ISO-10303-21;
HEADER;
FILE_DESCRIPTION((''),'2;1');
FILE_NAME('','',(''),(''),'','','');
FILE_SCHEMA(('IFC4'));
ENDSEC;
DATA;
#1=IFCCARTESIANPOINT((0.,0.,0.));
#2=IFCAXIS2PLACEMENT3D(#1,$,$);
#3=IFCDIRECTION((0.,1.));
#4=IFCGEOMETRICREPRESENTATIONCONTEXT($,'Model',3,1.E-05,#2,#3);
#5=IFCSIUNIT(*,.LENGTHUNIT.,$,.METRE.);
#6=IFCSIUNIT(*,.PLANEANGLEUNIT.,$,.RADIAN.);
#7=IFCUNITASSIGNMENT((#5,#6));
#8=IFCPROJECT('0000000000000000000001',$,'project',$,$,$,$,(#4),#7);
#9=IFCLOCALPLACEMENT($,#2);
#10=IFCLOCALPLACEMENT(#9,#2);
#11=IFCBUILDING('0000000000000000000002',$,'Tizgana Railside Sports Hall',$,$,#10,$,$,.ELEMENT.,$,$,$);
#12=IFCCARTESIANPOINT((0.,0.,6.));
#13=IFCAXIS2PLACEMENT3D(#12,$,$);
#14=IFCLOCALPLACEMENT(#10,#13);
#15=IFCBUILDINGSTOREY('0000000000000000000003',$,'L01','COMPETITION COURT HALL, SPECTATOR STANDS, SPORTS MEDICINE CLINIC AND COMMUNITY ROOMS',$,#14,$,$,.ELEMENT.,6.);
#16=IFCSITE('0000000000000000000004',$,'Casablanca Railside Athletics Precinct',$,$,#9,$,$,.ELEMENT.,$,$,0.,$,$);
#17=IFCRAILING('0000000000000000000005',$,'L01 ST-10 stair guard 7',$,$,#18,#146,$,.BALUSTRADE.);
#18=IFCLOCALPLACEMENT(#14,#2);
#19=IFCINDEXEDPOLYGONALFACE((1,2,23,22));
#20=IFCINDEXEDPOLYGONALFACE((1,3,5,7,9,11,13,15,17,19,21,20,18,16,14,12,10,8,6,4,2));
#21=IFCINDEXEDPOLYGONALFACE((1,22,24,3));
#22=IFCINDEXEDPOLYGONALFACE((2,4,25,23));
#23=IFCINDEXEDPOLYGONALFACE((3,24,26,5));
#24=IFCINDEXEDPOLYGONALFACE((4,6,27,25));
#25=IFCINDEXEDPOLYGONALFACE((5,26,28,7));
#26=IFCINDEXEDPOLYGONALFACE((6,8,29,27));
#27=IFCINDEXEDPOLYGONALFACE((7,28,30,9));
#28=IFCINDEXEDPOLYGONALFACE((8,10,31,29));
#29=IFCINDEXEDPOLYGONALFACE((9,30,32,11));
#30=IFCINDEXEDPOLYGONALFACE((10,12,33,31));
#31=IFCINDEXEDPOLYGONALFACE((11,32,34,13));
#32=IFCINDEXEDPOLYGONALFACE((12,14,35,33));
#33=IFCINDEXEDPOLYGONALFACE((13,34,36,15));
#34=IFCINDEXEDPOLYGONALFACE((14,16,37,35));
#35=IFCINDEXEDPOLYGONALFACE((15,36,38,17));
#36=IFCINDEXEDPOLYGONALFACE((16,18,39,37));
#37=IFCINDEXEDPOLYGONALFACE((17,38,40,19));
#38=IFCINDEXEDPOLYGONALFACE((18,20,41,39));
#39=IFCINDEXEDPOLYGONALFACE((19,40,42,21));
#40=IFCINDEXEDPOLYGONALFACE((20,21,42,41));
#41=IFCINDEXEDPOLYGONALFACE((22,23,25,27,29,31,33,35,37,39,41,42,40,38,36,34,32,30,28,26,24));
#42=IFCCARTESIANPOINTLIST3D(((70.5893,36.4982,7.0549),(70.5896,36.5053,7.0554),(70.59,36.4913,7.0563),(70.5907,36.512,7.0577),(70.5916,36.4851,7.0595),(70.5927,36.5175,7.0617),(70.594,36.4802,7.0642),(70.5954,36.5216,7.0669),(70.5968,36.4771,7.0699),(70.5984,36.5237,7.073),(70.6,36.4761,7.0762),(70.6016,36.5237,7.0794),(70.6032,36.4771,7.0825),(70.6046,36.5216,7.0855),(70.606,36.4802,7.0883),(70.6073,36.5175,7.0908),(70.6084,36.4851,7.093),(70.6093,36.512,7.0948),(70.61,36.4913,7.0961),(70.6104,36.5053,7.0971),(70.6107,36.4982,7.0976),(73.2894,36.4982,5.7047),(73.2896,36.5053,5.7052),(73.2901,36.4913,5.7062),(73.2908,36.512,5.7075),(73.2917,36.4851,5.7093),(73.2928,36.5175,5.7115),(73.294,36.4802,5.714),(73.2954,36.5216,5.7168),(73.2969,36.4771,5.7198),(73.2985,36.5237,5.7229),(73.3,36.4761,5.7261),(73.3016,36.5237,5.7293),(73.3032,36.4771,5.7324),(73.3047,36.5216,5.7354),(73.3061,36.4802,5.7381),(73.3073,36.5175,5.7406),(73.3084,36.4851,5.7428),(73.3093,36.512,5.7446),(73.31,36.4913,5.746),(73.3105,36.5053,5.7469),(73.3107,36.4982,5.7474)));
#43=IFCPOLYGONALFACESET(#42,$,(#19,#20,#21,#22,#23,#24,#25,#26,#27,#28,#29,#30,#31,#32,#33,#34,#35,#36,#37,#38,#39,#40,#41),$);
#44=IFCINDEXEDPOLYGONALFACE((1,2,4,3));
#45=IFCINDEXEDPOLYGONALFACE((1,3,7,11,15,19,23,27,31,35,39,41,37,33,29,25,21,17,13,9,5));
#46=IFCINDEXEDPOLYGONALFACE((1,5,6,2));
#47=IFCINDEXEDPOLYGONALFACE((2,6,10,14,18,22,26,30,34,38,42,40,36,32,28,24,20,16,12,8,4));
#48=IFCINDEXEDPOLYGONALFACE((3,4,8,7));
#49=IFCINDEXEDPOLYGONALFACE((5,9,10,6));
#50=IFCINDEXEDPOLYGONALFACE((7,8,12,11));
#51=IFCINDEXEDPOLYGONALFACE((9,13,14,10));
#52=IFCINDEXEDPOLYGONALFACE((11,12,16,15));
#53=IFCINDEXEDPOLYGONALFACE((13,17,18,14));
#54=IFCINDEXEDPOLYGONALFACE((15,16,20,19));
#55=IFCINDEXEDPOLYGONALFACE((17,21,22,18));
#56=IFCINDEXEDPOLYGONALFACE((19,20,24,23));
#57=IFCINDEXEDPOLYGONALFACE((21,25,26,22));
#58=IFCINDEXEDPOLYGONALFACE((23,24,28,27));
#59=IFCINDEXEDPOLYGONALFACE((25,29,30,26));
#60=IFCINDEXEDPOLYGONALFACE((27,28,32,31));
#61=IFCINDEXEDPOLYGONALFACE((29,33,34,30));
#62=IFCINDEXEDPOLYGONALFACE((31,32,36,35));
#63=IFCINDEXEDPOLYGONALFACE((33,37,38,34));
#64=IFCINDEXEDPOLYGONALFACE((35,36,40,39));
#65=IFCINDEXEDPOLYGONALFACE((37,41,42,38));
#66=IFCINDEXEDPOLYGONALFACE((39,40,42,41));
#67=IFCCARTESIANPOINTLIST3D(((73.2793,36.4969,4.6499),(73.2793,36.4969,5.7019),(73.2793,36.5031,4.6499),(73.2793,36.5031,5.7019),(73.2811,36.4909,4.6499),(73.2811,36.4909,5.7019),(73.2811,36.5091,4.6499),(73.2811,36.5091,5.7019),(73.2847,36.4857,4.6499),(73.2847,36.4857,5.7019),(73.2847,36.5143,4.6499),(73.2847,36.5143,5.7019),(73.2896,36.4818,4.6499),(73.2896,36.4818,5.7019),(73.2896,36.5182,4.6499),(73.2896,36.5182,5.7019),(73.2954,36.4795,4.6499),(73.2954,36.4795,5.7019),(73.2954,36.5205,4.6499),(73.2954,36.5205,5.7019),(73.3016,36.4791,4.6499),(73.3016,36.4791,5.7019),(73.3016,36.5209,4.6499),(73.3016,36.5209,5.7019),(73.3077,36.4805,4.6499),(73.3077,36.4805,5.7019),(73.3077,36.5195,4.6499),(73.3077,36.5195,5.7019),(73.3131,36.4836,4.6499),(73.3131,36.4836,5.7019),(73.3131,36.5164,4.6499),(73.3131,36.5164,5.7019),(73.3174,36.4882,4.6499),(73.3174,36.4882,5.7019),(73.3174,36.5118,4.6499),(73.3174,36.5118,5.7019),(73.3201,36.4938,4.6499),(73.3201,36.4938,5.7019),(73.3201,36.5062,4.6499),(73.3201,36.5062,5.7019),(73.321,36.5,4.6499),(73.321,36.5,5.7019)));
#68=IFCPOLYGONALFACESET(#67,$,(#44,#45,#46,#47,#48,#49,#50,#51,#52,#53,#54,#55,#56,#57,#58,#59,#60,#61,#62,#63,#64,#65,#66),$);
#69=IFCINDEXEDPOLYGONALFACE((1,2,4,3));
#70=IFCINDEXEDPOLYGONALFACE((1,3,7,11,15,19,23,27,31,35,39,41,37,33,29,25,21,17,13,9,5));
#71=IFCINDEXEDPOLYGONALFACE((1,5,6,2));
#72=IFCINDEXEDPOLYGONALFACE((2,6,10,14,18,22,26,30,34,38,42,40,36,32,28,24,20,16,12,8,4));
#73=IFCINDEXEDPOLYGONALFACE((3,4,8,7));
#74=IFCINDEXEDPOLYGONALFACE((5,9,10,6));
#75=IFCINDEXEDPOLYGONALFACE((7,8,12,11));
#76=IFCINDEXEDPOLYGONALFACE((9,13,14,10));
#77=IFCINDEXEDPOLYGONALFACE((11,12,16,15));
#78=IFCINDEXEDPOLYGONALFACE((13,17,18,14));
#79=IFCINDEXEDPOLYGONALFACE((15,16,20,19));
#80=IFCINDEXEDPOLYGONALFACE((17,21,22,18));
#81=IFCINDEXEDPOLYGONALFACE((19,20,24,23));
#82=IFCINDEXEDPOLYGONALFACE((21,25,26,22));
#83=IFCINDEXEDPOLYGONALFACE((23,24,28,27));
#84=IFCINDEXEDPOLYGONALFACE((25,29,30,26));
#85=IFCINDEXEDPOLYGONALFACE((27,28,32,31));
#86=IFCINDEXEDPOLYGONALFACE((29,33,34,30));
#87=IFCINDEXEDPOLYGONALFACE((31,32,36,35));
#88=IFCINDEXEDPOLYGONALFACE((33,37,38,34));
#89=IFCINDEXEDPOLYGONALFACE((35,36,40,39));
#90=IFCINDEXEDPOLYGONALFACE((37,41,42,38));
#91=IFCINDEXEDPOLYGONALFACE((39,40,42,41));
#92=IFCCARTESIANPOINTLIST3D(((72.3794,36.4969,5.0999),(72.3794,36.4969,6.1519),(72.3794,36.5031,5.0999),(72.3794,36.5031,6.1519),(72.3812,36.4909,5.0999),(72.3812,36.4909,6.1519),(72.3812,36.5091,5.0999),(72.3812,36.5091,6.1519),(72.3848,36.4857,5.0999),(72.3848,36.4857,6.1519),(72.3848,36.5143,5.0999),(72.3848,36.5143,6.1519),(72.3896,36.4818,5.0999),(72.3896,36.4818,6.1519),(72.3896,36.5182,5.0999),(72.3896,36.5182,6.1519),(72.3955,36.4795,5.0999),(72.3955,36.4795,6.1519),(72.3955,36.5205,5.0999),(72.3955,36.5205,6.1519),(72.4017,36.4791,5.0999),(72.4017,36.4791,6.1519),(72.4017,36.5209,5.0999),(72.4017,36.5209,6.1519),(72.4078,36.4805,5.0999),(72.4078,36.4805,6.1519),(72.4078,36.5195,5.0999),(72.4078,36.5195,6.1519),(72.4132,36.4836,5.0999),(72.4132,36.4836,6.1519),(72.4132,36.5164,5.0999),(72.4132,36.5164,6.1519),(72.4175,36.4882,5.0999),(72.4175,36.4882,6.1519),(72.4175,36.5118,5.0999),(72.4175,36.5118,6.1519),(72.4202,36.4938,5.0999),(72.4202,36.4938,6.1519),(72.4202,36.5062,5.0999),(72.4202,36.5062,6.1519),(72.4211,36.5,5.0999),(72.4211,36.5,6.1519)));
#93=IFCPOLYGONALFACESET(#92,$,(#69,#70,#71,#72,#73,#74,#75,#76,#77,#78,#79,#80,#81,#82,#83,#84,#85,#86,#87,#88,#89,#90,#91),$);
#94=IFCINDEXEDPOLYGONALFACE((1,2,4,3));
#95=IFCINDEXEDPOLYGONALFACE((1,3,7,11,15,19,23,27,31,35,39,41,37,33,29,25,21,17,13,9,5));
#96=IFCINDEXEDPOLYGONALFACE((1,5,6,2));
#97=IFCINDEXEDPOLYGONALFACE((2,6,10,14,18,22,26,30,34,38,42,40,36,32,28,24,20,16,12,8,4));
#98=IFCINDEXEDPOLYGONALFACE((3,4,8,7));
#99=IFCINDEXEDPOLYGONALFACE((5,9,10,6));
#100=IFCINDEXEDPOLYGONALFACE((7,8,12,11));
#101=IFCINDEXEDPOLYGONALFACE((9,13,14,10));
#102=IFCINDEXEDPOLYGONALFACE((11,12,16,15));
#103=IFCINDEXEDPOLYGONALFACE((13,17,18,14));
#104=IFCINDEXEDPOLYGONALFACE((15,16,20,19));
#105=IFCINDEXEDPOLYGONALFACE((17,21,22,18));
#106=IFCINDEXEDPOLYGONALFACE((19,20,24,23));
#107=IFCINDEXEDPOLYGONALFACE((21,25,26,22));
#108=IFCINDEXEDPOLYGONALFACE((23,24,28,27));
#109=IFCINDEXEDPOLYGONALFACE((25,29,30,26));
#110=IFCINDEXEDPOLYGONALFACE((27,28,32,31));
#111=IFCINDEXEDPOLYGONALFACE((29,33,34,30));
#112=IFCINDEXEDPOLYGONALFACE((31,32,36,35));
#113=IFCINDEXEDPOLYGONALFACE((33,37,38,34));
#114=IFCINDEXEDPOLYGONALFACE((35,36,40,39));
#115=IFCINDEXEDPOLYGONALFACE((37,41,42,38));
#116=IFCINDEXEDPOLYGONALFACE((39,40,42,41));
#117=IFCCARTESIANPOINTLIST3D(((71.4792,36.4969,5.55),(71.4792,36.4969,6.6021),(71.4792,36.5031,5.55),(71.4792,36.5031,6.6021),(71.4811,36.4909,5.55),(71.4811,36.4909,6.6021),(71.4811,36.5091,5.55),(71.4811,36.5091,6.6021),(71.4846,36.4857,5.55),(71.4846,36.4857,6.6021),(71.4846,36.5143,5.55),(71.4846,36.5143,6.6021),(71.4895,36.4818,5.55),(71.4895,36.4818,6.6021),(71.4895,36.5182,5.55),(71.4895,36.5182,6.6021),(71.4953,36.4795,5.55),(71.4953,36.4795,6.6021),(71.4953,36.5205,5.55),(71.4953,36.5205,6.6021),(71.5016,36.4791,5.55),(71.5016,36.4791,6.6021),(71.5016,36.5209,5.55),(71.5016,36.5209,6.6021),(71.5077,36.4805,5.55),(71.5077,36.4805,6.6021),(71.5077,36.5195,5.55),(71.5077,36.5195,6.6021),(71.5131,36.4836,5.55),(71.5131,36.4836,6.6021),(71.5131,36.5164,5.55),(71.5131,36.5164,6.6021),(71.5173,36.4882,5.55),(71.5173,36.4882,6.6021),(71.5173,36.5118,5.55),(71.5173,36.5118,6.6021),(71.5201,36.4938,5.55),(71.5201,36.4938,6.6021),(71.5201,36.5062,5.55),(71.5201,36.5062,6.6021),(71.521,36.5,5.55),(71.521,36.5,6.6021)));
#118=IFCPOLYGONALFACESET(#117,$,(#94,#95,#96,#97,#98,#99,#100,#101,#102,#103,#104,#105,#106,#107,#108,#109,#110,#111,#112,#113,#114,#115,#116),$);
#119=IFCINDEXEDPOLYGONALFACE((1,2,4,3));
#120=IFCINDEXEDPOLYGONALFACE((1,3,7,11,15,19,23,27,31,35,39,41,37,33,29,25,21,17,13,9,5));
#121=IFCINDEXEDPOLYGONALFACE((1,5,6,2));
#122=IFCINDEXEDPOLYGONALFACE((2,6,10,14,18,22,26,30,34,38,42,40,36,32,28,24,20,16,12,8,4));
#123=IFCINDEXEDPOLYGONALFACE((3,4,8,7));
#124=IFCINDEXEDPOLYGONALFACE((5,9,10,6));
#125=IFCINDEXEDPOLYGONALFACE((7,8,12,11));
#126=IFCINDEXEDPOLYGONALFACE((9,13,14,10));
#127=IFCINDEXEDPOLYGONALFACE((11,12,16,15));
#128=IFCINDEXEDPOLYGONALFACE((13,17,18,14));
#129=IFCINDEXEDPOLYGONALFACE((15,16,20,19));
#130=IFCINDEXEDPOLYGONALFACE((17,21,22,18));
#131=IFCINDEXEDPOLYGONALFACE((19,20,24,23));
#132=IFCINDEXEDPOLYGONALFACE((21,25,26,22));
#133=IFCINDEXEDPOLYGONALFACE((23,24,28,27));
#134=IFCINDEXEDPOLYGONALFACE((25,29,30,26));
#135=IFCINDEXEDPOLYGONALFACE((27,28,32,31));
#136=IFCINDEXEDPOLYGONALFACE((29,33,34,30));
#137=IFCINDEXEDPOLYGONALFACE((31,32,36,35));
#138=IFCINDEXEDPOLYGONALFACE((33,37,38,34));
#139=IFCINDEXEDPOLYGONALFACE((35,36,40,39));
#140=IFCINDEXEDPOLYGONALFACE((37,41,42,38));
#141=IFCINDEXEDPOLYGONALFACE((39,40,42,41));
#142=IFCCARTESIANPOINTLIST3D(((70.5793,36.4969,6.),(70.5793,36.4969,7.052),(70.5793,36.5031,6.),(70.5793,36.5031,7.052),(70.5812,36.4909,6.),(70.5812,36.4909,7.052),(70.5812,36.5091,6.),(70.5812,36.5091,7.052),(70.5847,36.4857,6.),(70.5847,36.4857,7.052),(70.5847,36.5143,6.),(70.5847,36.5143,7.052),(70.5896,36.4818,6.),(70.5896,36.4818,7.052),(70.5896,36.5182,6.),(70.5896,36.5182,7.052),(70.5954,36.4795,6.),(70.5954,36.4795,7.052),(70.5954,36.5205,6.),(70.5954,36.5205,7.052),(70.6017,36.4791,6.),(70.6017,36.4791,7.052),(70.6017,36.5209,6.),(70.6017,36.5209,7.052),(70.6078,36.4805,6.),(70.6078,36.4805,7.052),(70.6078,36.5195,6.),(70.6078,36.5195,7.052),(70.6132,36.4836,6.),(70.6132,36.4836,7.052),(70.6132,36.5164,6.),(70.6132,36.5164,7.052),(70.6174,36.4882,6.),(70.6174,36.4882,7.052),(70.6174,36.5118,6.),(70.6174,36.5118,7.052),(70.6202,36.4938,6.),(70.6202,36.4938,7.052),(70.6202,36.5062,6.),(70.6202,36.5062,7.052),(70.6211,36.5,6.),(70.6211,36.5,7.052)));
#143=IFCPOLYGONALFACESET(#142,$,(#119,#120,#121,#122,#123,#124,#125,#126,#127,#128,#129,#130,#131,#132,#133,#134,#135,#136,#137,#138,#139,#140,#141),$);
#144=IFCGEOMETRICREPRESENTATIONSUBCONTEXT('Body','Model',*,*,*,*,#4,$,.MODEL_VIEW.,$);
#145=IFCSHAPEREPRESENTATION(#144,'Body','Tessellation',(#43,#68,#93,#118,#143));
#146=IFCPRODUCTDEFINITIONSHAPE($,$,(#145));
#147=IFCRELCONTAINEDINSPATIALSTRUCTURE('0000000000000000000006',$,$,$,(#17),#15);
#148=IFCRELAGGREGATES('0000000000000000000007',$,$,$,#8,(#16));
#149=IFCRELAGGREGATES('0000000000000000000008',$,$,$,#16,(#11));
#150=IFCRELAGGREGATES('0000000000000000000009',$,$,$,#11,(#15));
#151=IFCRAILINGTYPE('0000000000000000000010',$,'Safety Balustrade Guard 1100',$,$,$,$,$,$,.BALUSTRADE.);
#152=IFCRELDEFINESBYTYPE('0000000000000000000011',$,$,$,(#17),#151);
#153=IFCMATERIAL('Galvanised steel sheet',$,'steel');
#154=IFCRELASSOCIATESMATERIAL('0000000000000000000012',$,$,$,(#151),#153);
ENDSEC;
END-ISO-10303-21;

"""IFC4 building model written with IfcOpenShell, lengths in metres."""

from ifc_helpers import new_model, si_unit, direction, frame, origin, origin_2d, place, context, subcontext, project, spatial, circle, extrude, material, type_object, element, save


model = new_model("IFC4")

# Units and contexts
model_context = context("Model", 3, precision=1e-05, world=origin(), true_north=direction((0.0, 1.0)))
body_context = subcontext(model_context, "Body", "Model", "MODEL_VIEW")
ifc_project = project(units=[si_unit("LENGTHUNIT", "METRE"), si_unit("PLANEANGLEUNIT", "RADIAN")], contexts=[model_context])

# Site, building, storey
site_placement = place(None, origin())
site = spatial("IfcSite", under=ifc_project, at=site_placement, Name="Casablanca Railside Athletics Precinct", CompositionType="ELEMENT", RefElevation=0.0)
building_placement = place(site_placement, origin())
building = spatial("IfcBuilding", under=site, at=building_placement, Name="Tizgana Railside Sports Hall", CompositionType="ELEMENT")
storey_placement = place(building_placement, frame((0.0, 0.0, 6.0)))
storey = spatial("IfcBuildingStorey", under=building, at=storey_placement, Name="L01", Description="COMPETITION COURT HALL, SPECTATOR STANDS, SPORTS MEDICINE CLINIC AND COMMUNITY ROOMS", CompositionType="ELEMENT", Elevation=6.0)

# Railing
ifc_material_1 = material(Name="Galvanised steel sheet", Category="steel")
railing_type_1 = type_object("IfcRailingType", Name="Safety Balustrade Guard 1100", PredefinedType="BALUSTRADE", material=ifc_material_1)
railing_1_placement = place(storey_placement, frame((73.3, 36.5, 4.6499)))
element("IfcRailing", 1, at=railing_1_placement, inside=storey, type_object=railing_type_1, Name="L01 ST-10 stair guard 7", PredefinedType="BALUSTRADE", context=body_context, shape_type="SweptSolid", body=[
    extrude(circle(Radius=0.0239, at=origin_2d()), frame((0.0, 0.0, 1.0762), z_axis=(-0.894411, 0.0, 0.447246), x_axis=(0.0, -1.0, 0.0)), (0.0, 0.0, 1.0), 3.0188),
    extrude(circle(Radius=0.021, at=origin_2d()), origin(), (0.0, 0.0, 1.0), 1.052),
    extrude(circle(Radius=0.021, at=origin_2d()), frame((-0.8999, 0.0, 0.45)), (0.0, 0.0, 1.0), 1.052),
    extrude(circle(Radius=0.021, at=origin_2d()), frame((-1.8, 0.0, 0.9001)), (0.0, 0.0, 1.0), 1.052),
    extrude(circle(Radius=0.021, at=origin_2d()), frame((-2.7, 0.0, 1.3501)), (0.0, 0.0, 1.0), 1.052),
])

save(model, "model.ifc")
